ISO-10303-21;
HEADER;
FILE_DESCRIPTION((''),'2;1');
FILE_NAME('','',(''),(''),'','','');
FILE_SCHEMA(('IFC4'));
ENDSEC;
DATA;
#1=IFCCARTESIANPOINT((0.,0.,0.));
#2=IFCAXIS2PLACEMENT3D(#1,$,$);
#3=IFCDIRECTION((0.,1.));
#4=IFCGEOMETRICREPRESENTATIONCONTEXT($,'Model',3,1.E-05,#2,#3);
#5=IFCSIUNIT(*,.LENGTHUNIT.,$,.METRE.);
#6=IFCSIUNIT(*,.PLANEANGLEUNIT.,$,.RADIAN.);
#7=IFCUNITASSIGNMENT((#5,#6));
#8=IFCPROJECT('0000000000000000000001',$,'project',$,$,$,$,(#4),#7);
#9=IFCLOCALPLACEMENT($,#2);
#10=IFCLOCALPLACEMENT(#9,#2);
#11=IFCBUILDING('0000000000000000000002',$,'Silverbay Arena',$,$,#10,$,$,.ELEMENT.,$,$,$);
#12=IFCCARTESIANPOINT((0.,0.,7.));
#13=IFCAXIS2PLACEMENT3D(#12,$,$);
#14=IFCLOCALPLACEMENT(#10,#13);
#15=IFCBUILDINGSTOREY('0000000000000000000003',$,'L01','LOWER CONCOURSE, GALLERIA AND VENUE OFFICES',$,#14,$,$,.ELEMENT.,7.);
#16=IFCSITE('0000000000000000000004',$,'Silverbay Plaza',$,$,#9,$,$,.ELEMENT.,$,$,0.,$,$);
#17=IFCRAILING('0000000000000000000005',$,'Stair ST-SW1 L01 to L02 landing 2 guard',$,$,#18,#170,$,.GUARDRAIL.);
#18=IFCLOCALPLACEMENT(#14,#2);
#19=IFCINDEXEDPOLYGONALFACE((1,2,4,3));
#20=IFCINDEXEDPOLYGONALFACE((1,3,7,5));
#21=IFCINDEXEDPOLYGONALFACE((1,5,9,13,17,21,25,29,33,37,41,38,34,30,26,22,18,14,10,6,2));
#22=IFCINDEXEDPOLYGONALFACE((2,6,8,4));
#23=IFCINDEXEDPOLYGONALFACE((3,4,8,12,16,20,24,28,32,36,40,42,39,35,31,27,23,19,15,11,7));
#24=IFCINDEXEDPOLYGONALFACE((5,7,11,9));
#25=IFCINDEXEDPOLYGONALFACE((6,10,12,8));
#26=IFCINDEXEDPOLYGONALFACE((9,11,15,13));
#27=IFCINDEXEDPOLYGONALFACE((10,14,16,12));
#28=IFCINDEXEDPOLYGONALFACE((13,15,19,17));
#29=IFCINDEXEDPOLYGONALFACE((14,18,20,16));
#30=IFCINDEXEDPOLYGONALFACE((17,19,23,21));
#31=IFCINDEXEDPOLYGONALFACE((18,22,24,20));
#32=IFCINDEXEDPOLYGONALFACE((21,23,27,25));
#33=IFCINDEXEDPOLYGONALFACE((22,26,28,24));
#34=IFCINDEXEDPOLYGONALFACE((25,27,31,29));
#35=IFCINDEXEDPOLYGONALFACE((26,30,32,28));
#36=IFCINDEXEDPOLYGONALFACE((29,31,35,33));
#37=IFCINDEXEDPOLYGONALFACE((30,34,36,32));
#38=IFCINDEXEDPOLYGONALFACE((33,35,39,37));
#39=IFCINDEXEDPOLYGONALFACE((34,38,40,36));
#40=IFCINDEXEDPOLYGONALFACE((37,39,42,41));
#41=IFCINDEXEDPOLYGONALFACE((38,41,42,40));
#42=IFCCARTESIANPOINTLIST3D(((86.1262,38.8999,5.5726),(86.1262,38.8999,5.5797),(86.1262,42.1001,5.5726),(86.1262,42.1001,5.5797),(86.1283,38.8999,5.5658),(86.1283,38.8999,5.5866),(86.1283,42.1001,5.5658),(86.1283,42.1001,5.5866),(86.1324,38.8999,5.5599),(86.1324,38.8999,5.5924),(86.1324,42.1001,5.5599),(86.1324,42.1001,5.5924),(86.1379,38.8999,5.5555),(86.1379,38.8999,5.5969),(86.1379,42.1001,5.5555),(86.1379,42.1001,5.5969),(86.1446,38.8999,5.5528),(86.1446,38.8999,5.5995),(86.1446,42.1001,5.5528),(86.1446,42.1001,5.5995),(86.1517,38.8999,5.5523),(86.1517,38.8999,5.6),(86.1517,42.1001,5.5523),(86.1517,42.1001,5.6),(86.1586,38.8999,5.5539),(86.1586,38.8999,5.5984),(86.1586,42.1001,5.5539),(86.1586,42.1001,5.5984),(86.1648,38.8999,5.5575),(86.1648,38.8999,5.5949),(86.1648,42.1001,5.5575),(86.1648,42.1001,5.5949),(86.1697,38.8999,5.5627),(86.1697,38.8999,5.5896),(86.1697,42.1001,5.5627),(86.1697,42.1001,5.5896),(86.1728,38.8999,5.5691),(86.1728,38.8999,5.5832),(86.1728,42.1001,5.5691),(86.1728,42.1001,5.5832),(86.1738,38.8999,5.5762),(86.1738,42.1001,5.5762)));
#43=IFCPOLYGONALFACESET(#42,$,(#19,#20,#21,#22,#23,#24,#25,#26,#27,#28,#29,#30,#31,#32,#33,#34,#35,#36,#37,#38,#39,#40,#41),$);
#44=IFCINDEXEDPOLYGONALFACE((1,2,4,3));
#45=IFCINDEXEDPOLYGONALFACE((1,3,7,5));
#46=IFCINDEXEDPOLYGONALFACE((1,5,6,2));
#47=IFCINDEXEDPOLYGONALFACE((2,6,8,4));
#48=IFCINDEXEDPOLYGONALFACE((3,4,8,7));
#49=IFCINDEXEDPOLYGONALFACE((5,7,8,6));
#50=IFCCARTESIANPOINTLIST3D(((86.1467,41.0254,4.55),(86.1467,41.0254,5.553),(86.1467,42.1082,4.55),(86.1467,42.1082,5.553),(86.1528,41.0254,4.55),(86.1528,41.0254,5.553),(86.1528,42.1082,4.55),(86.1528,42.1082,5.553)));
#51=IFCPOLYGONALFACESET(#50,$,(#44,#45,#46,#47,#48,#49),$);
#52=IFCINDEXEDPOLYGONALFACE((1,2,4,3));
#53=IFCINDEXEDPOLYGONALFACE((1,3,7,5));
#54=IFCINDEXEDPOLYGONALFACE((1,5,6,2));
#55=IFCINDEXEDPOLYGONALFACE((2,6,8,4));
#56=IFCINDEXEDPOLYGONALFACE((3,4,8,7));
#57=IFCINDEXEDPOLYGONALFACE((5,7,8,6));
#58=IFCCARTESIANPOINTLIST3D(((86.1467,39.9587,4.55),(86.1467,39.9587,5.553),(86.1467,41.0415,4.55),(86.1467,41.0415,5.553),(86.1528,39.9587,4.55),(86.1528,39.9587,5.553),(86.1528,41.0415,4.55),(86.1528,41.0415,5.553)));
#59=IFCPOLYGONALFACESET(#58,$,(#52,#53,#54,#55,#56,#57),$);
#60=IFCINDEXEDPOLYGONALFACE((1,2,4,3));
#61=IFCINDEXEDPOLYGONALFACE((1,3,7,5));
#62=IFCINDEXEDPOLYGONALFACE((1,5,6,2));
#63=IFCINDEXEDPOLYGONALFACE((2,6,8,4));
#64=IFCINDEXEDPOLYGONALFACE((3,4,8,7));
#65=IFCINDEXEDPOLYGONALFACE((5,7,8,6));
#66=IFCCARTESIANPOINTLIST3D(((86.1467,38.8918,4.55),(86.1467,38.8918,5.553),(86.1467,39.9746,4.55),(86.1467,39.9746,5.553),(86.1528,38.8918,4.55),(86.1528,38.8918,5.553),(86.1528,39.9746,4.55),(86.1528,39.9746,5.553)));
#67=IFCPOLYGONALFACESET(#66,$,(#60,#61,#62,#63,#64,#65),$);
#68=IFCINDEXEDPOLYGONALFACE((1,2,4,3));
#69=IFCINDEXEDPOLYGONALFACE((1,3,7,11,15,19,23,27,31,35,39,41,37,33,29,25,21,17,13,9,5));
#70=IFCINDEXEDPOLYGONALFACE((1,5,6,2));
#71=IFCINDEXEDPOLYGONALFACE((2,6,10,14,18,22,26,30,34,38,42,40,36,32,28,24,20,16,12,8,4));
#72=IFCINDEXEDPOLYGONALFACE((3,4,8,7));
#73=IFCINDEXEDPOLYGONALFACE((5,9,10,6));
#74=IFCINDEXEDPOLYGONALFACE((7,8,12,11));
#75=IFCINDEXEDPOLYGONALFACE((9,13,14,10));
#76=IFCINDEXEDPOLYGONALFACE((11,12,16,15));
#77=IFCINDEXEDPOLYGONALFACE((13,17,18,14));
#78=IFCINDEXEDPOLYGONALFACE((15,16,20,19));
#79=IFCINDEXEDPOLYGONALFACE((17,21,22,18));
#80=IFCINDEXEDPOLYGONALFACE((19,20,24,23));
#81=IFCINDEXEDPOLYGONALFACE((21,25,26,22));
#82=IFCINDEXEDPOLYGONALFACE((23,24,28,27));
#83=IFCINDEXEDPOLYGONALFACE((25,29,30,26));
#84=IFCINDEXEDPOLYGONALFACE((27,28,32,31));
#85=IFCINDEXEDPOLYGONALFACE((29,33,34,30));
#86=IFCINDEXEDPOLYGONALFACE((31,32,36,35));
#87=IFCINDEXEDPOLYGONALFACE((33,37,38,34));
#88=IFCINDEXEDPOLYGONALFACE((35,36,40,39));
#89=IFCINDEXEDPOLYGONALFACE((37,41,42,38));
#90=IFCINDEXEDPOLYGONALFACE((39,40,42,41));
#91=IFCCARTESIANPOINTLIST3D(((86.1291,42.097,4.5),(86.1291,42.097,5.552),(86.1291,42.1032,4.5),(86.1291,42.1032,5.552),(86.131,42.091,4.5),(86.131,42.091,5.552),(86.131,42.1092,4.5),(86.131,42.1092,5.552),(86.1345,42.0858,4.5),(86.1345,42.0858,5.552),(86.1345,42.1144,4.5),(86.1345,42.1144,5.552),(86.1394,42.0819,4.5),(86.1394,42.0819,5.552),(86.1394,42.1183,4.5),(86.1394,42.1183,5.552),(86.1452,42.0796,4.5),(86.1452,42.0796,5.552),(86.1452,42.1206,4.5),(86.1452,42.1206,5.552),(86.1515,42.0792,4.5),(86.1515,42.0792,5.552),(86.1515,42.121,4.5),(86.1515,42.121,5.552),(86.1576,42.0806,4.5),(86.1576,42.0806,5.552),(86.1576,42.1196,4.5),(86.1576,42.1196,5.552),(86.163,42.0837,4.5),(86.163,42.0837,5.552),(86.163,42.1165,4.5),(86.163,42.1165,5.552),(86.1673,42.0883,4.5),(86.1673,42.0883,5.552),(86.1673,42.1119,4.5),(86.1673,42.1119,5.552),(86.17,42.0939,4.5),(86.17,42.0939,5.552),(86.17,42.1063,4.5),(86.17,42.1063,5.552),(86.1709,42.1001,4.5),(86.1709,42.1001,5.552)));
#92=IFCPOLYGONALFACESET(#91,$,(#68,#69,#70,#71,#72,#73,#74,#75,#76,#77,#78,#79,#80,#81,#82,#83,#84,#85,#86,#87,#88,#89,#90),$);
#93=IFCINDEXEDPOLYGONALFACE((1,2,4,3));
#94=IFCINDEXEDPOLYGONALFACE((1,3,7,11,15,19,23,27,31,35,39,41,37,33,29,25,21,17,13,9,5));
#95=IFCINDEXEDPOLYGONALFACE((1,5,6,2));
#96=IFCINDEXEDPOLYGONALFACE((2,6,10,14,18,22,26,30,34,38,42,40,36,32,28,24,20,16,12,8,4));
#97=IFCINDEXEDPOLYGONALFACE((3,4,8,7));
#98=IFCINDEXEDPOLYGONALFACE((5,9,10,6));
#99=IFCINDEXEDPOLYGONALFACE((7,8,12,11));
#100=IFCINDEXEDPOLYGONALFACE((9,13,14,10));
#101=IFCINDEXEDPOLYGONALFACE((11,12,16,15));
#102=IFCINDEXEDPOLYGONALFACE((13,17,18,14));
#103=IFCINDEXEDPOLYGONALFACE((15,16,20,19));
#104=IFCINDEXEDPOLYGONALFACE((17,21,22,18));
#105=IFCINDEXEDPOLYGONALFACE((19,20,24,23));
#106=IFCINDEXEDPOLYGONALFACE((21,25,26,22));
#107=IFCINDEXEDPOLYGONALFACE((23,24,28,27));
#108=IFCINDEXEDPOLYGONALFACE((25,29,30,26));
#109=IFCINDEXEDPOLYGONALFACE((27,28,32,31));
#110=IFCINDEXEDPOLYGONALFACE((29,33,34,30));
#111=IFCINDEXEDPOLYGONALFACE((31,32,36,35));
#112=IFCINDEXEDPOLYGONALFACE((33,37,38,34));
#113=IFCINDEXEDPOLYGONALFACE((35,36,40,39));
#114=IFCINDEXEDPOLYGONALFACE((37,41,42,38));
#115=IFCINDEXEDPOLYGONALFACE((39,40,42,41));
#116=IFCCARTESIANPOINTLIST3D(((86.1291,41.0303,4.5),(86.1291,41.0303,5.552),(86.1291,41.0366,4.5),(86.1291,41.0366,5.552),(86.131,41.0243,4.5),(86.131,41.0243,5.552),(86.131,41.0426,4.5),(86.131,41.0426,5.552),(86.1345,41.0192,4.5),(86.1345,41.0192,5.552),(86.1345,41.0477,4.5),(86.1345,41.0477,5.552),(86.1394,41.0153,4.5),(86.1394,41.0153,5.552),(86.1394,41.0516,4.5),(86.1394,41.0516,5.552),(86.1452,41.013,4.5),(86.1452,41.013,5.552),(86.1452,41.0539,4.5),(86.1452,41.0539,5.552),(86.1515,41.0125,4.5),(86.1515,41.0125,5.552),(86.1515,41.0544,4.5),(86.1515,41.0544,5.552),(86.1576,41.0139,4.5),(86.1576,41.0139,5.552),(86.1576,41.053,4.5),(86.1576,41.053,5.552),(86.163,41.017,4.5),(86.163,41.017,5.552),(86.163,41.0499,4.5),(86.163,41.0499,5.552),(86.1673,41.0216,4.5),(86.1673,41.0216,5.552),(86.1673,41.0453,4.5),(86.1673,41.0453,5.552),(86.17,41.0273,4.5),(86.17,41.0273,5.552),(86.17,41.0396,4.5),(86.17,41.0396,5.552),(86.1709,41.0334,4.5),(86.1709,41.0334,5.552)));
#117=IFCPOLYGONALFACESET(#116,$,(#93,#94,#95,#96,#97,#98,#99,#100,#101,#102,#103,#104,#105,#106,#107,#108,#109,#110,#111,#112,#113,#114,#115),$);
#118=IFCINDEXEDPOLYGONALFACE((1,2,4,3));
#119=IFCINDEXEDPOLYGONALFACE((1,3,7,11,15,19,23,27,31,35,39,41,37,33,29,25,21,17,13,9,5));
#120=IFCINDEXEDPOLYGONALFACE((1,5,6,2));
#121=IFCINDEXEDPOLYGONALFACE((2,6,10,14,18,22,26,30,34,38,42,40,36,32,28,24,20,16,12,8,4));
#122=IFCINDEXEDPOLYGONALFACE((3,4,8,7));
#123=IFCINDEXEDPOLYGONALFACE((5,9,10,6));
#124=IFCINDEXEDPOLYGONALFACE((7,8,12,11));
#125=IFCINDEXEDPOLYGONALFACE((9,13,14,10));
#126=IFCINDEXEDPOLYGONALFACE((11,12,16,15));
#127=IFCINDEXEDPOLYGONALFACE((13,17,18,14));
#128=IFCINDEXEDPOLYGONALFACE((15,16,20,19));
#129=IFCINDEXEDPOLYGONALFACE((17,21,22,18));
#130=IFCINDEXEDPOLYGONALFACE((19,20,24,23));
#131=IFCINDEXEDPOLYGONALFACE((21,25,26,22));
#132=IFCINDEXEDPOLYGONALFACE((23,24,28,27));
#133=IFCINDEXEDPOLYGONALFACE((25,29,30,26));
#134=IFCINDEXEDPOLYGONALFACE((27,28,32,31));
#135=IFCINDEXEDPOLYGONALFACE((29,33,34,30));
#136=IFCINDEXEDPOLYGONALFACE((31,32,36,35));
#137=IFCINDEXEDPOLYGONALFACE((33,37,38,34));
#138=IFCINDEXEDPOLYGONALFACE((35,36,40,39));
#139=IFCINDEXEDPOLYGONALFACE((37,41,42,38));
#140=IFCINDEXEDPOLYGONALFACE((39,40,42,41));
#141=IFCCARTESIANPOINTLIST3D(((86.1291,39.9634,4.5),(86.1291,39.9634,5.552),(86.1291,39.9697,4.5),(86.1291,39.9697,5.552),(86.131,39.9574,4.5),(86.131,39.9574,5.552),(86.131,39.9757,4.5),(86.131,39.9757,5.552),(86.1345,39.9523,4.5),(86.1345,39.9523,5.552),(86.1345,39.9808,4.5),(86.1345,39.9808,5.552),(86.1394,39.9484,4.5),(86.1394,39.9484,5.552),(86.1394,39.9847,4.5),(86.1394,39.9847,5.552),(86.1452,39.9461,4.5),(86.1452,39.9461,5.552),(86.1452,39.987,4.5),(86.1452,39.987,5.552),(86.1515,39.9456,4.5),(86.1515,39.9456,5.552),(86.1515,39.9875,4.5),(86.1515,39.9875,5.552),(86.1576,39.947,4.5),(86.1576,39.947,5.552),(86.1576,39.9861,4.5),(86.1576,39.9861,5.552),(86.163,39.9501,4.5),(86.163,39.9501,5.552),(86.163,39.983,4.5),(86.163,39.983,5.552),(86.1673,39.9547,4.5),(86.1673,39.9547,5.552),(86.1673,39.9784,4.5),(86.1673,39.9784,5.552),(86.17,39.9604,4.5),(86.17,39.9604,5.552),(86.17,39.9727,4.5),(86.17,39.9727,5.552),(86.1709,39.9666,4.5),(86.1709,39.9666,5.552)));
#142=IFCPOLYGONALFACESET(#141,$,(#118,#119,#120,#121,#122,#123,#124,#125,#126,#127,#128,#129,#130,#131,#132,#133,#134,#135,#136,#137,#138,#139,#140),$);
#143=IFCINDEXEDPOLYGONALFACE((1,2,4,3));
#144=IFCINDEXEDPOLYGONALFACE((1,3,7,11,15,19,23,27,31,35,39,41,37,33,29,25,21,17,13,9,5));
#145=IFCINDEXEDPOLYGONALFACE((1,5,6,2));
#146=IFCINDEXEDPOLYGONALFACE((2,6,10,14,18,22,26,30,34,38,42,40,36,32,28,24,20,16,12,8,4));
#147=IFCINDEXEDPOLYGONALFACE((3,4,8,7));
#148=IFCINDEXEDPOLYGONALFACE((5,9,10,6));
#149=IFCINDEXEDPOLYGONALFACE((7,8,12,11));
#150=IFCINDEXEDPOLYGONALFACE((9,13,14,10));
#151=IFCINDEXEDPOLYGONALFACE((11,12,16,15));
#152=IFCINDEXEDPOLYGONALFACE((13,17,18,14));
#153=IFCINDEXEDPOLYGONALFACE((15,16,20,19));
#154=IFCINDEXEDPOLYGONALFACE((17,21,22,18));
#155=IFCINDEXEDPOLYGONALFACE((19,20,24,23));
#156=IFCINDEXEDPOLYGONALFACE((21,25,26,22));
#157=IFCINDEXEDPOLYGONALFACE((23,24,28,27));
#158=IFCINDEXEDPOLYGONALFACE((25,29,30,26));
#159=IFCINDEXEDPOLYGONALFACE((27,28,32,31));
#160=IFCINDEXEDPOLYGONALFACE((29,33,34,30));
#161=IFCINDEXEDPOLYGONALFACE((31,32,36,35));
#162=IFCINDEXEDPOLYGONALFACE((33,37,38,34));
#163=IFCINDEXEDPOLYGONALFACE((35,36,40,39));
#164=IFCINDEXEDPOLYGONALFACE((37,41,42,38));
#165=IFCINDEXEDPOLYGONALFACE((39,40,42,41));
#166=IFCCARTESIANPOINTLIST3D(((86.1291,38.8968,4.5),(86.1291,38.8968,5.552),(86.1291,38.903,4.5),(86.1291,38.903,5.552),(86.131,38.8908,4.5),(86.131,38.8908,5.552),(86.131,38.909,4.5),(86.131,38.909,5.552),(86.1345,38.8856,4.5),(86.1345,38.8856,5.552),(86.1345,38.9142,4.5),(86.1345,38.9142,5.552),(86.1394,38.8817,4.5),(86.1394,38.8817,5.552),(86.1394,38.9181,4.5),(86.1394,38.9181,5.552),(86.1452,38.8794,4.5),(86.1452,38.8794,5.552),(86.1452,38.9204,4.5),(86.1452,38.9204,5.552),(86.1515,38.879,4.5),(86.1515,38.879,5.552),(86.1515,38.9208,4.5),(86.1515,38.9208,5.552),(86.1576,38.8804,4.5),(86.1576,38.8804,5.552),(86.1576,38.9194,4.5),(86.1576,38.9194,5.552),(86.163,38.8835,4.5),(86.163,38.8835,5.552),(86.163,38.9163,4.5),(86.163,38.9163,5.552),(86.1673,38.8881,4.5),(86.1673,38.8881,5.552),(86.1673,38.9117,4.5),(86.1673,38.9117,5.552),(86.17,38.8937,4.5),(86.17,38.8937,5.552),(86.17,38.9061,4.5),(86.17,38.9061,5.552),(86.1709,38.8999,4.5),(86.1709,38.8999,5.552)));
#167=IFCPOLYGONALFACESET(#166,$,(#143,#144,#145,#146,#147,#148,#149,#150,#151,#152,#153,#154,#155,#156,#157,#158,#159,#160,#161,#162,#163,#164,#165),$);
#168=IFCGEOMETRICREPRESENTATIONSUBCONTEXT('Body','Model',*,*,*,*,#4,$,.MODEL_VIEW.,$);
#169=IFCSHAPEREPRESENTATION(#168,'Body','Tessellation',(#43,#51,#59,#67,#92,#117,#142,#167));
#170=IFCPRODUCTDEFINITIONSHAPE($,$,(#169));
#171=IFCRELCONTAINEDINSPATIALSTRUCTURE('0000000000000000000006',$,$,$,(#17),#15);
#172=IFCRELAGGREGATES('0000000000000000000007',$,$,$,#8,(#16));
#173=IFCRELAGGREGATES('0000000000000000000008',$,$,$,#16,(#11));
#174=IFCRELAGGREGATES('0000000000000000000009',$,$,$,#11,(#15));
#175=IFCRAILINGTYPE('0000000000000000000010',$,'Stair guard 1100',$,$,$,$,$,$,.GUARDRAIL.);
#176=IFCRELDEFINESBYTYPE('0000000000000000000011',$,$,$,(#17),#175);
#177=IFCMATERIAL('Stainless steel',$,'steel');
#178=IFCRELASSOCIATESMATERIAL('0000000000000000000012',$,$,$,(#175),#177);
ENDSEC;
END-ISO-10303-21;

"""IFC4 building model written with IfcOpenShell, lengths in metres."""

from ifc_helpers import new_model, si_unit, direction, frame, origin, origin_2d, place, context, subcontext, project, spatial, polyline, circle, outline, extrude, material, type_object, element, save


model = new_model("IFC4")

# Units and contexts
model_context = context("Model", 3, precision=1e-05, world=origin(), true_north=direction((0.0, 1.0)))
body_context = subcontext(model_context, "Body", "Model", "MODEL_VIEW")
ifc_project = project(units=[si_unit("LENGTHUNIT", "METRE"), si_unit("PLANEANGLEUNIT", "RADIAN")], contexts=[model_context])

# Site, building, storey
site_placement = place(None, origin())
site = spatial("IfcSite", under=ifc_project, at=site_placement, Name="Silverbay Plaza", CompositionType="ELEMENT", RefElevation=0.0)
building_placement = place(site_placement, origin())
building = spatial("IfcBuilding", under=site, at=building_placement, Name="Silverbay Arena", CompositionType="ELEMENT")
storey_placement = place(building_placement, frame((0.0, 0.0, 7.0)))
storey = spatial("IfcBuildingStorey", under=building, at=storey_placement, Name="L01", Description="LOWER CONCOURSE, GALLERIA AND VENUE OFFICES", CompositionType="ELEMENT", Elevation=7.0)

# Railing
ifc_material_1 = material(Name="Stainless steel", Category="steel")
railing_type_1 = type_object("IfcRailingType", Name="Stair guard 1100", PredefinedType="GUARDRAIL", material=ifc_material_1)
for number, where, name in (
    (1, (86.1499, 42.1001, 4.5), "Stair ST-SW1 L01 to L02 landing 2 guard"),
):
    element("IfcRailing", number, at=place(storey_placement, frame(where)), inside=storey, type_object=railing_type_1, Name=name, PredefinedType="GUARDRAIL", context=body_context, shape_type="SweptSolid", body=[
        extrude(circle(Radius=0.0239, at=origin_2d()), frame((0.0, 0.0, 1.0762), z_axis=(0.0, -1.0, 0.0), x_axis=(1.0, 0.0, 0.0)), (0.0, 0.0, 1.0), 3.2002),
        extrude(outline(polyline([(-0.0081, 0.05), (1.0747, 0.05), (1.0747, 1.053), (-0.0081, 1.053), (-0.0081, 0.05)])), frame((0.0029, 0.0, 0.0), z_axis=(-1.0, 0.0, 0.0), x_axis=(0.0, -1.0, 0.0)), (0.0, 0.0, 1.0), 0.0061),
        extrude(outline(polyline([(-0.0081, 0.05), (1.0747, 0.05), (1.0747, 1.053), (-0.0081, 1.053), (-0.0081, 0.05)])), frame((0.0029, -1.0667, 0.0), z_axis=(-1.0, 0.0, 0.0), x_axis=(0.0, -1.0, 0.0)), (0.0, 0.0, 1.0), 0.0061),
        extrude(outline(polyline([(-0.0081, 0.05), (1.0747, 0.05), (1.0747, 1.053), (-0.0081, 1.053), (-0.0081, 0.05)])), frame((0.0029, -2.1335, 0.0), z_axis=(-1.0, 0.0, 0.0), x_axis=(0.0, -1.0, 0.0)), (0.0, 0.0, 1.0), 0.0061),
        extrude(circle(Radius=0.021, at=origin_2d()), origin(), (0.0, 0.0, 1.0), 1.052),
        extrude(circle(Radius=0.021, at=origin_2d()), frame((0.0, -1.0667, 0.0)), (0.0, 0.0, 1.0), 1.052),
        extrude(circle(Radius=0.021, at=origin_2d()), frame((0.0, -2.1335, 0.0)), (0.0, 0.0, 1.0), 1.052),
        extrude(circle(Radius=0.021, at=origin_2d()), frame((0.0, -3.2002, 0.0)), (0.0, 0.0, 1.0), 1.052),
    ])

save(model, "model.ifc")
